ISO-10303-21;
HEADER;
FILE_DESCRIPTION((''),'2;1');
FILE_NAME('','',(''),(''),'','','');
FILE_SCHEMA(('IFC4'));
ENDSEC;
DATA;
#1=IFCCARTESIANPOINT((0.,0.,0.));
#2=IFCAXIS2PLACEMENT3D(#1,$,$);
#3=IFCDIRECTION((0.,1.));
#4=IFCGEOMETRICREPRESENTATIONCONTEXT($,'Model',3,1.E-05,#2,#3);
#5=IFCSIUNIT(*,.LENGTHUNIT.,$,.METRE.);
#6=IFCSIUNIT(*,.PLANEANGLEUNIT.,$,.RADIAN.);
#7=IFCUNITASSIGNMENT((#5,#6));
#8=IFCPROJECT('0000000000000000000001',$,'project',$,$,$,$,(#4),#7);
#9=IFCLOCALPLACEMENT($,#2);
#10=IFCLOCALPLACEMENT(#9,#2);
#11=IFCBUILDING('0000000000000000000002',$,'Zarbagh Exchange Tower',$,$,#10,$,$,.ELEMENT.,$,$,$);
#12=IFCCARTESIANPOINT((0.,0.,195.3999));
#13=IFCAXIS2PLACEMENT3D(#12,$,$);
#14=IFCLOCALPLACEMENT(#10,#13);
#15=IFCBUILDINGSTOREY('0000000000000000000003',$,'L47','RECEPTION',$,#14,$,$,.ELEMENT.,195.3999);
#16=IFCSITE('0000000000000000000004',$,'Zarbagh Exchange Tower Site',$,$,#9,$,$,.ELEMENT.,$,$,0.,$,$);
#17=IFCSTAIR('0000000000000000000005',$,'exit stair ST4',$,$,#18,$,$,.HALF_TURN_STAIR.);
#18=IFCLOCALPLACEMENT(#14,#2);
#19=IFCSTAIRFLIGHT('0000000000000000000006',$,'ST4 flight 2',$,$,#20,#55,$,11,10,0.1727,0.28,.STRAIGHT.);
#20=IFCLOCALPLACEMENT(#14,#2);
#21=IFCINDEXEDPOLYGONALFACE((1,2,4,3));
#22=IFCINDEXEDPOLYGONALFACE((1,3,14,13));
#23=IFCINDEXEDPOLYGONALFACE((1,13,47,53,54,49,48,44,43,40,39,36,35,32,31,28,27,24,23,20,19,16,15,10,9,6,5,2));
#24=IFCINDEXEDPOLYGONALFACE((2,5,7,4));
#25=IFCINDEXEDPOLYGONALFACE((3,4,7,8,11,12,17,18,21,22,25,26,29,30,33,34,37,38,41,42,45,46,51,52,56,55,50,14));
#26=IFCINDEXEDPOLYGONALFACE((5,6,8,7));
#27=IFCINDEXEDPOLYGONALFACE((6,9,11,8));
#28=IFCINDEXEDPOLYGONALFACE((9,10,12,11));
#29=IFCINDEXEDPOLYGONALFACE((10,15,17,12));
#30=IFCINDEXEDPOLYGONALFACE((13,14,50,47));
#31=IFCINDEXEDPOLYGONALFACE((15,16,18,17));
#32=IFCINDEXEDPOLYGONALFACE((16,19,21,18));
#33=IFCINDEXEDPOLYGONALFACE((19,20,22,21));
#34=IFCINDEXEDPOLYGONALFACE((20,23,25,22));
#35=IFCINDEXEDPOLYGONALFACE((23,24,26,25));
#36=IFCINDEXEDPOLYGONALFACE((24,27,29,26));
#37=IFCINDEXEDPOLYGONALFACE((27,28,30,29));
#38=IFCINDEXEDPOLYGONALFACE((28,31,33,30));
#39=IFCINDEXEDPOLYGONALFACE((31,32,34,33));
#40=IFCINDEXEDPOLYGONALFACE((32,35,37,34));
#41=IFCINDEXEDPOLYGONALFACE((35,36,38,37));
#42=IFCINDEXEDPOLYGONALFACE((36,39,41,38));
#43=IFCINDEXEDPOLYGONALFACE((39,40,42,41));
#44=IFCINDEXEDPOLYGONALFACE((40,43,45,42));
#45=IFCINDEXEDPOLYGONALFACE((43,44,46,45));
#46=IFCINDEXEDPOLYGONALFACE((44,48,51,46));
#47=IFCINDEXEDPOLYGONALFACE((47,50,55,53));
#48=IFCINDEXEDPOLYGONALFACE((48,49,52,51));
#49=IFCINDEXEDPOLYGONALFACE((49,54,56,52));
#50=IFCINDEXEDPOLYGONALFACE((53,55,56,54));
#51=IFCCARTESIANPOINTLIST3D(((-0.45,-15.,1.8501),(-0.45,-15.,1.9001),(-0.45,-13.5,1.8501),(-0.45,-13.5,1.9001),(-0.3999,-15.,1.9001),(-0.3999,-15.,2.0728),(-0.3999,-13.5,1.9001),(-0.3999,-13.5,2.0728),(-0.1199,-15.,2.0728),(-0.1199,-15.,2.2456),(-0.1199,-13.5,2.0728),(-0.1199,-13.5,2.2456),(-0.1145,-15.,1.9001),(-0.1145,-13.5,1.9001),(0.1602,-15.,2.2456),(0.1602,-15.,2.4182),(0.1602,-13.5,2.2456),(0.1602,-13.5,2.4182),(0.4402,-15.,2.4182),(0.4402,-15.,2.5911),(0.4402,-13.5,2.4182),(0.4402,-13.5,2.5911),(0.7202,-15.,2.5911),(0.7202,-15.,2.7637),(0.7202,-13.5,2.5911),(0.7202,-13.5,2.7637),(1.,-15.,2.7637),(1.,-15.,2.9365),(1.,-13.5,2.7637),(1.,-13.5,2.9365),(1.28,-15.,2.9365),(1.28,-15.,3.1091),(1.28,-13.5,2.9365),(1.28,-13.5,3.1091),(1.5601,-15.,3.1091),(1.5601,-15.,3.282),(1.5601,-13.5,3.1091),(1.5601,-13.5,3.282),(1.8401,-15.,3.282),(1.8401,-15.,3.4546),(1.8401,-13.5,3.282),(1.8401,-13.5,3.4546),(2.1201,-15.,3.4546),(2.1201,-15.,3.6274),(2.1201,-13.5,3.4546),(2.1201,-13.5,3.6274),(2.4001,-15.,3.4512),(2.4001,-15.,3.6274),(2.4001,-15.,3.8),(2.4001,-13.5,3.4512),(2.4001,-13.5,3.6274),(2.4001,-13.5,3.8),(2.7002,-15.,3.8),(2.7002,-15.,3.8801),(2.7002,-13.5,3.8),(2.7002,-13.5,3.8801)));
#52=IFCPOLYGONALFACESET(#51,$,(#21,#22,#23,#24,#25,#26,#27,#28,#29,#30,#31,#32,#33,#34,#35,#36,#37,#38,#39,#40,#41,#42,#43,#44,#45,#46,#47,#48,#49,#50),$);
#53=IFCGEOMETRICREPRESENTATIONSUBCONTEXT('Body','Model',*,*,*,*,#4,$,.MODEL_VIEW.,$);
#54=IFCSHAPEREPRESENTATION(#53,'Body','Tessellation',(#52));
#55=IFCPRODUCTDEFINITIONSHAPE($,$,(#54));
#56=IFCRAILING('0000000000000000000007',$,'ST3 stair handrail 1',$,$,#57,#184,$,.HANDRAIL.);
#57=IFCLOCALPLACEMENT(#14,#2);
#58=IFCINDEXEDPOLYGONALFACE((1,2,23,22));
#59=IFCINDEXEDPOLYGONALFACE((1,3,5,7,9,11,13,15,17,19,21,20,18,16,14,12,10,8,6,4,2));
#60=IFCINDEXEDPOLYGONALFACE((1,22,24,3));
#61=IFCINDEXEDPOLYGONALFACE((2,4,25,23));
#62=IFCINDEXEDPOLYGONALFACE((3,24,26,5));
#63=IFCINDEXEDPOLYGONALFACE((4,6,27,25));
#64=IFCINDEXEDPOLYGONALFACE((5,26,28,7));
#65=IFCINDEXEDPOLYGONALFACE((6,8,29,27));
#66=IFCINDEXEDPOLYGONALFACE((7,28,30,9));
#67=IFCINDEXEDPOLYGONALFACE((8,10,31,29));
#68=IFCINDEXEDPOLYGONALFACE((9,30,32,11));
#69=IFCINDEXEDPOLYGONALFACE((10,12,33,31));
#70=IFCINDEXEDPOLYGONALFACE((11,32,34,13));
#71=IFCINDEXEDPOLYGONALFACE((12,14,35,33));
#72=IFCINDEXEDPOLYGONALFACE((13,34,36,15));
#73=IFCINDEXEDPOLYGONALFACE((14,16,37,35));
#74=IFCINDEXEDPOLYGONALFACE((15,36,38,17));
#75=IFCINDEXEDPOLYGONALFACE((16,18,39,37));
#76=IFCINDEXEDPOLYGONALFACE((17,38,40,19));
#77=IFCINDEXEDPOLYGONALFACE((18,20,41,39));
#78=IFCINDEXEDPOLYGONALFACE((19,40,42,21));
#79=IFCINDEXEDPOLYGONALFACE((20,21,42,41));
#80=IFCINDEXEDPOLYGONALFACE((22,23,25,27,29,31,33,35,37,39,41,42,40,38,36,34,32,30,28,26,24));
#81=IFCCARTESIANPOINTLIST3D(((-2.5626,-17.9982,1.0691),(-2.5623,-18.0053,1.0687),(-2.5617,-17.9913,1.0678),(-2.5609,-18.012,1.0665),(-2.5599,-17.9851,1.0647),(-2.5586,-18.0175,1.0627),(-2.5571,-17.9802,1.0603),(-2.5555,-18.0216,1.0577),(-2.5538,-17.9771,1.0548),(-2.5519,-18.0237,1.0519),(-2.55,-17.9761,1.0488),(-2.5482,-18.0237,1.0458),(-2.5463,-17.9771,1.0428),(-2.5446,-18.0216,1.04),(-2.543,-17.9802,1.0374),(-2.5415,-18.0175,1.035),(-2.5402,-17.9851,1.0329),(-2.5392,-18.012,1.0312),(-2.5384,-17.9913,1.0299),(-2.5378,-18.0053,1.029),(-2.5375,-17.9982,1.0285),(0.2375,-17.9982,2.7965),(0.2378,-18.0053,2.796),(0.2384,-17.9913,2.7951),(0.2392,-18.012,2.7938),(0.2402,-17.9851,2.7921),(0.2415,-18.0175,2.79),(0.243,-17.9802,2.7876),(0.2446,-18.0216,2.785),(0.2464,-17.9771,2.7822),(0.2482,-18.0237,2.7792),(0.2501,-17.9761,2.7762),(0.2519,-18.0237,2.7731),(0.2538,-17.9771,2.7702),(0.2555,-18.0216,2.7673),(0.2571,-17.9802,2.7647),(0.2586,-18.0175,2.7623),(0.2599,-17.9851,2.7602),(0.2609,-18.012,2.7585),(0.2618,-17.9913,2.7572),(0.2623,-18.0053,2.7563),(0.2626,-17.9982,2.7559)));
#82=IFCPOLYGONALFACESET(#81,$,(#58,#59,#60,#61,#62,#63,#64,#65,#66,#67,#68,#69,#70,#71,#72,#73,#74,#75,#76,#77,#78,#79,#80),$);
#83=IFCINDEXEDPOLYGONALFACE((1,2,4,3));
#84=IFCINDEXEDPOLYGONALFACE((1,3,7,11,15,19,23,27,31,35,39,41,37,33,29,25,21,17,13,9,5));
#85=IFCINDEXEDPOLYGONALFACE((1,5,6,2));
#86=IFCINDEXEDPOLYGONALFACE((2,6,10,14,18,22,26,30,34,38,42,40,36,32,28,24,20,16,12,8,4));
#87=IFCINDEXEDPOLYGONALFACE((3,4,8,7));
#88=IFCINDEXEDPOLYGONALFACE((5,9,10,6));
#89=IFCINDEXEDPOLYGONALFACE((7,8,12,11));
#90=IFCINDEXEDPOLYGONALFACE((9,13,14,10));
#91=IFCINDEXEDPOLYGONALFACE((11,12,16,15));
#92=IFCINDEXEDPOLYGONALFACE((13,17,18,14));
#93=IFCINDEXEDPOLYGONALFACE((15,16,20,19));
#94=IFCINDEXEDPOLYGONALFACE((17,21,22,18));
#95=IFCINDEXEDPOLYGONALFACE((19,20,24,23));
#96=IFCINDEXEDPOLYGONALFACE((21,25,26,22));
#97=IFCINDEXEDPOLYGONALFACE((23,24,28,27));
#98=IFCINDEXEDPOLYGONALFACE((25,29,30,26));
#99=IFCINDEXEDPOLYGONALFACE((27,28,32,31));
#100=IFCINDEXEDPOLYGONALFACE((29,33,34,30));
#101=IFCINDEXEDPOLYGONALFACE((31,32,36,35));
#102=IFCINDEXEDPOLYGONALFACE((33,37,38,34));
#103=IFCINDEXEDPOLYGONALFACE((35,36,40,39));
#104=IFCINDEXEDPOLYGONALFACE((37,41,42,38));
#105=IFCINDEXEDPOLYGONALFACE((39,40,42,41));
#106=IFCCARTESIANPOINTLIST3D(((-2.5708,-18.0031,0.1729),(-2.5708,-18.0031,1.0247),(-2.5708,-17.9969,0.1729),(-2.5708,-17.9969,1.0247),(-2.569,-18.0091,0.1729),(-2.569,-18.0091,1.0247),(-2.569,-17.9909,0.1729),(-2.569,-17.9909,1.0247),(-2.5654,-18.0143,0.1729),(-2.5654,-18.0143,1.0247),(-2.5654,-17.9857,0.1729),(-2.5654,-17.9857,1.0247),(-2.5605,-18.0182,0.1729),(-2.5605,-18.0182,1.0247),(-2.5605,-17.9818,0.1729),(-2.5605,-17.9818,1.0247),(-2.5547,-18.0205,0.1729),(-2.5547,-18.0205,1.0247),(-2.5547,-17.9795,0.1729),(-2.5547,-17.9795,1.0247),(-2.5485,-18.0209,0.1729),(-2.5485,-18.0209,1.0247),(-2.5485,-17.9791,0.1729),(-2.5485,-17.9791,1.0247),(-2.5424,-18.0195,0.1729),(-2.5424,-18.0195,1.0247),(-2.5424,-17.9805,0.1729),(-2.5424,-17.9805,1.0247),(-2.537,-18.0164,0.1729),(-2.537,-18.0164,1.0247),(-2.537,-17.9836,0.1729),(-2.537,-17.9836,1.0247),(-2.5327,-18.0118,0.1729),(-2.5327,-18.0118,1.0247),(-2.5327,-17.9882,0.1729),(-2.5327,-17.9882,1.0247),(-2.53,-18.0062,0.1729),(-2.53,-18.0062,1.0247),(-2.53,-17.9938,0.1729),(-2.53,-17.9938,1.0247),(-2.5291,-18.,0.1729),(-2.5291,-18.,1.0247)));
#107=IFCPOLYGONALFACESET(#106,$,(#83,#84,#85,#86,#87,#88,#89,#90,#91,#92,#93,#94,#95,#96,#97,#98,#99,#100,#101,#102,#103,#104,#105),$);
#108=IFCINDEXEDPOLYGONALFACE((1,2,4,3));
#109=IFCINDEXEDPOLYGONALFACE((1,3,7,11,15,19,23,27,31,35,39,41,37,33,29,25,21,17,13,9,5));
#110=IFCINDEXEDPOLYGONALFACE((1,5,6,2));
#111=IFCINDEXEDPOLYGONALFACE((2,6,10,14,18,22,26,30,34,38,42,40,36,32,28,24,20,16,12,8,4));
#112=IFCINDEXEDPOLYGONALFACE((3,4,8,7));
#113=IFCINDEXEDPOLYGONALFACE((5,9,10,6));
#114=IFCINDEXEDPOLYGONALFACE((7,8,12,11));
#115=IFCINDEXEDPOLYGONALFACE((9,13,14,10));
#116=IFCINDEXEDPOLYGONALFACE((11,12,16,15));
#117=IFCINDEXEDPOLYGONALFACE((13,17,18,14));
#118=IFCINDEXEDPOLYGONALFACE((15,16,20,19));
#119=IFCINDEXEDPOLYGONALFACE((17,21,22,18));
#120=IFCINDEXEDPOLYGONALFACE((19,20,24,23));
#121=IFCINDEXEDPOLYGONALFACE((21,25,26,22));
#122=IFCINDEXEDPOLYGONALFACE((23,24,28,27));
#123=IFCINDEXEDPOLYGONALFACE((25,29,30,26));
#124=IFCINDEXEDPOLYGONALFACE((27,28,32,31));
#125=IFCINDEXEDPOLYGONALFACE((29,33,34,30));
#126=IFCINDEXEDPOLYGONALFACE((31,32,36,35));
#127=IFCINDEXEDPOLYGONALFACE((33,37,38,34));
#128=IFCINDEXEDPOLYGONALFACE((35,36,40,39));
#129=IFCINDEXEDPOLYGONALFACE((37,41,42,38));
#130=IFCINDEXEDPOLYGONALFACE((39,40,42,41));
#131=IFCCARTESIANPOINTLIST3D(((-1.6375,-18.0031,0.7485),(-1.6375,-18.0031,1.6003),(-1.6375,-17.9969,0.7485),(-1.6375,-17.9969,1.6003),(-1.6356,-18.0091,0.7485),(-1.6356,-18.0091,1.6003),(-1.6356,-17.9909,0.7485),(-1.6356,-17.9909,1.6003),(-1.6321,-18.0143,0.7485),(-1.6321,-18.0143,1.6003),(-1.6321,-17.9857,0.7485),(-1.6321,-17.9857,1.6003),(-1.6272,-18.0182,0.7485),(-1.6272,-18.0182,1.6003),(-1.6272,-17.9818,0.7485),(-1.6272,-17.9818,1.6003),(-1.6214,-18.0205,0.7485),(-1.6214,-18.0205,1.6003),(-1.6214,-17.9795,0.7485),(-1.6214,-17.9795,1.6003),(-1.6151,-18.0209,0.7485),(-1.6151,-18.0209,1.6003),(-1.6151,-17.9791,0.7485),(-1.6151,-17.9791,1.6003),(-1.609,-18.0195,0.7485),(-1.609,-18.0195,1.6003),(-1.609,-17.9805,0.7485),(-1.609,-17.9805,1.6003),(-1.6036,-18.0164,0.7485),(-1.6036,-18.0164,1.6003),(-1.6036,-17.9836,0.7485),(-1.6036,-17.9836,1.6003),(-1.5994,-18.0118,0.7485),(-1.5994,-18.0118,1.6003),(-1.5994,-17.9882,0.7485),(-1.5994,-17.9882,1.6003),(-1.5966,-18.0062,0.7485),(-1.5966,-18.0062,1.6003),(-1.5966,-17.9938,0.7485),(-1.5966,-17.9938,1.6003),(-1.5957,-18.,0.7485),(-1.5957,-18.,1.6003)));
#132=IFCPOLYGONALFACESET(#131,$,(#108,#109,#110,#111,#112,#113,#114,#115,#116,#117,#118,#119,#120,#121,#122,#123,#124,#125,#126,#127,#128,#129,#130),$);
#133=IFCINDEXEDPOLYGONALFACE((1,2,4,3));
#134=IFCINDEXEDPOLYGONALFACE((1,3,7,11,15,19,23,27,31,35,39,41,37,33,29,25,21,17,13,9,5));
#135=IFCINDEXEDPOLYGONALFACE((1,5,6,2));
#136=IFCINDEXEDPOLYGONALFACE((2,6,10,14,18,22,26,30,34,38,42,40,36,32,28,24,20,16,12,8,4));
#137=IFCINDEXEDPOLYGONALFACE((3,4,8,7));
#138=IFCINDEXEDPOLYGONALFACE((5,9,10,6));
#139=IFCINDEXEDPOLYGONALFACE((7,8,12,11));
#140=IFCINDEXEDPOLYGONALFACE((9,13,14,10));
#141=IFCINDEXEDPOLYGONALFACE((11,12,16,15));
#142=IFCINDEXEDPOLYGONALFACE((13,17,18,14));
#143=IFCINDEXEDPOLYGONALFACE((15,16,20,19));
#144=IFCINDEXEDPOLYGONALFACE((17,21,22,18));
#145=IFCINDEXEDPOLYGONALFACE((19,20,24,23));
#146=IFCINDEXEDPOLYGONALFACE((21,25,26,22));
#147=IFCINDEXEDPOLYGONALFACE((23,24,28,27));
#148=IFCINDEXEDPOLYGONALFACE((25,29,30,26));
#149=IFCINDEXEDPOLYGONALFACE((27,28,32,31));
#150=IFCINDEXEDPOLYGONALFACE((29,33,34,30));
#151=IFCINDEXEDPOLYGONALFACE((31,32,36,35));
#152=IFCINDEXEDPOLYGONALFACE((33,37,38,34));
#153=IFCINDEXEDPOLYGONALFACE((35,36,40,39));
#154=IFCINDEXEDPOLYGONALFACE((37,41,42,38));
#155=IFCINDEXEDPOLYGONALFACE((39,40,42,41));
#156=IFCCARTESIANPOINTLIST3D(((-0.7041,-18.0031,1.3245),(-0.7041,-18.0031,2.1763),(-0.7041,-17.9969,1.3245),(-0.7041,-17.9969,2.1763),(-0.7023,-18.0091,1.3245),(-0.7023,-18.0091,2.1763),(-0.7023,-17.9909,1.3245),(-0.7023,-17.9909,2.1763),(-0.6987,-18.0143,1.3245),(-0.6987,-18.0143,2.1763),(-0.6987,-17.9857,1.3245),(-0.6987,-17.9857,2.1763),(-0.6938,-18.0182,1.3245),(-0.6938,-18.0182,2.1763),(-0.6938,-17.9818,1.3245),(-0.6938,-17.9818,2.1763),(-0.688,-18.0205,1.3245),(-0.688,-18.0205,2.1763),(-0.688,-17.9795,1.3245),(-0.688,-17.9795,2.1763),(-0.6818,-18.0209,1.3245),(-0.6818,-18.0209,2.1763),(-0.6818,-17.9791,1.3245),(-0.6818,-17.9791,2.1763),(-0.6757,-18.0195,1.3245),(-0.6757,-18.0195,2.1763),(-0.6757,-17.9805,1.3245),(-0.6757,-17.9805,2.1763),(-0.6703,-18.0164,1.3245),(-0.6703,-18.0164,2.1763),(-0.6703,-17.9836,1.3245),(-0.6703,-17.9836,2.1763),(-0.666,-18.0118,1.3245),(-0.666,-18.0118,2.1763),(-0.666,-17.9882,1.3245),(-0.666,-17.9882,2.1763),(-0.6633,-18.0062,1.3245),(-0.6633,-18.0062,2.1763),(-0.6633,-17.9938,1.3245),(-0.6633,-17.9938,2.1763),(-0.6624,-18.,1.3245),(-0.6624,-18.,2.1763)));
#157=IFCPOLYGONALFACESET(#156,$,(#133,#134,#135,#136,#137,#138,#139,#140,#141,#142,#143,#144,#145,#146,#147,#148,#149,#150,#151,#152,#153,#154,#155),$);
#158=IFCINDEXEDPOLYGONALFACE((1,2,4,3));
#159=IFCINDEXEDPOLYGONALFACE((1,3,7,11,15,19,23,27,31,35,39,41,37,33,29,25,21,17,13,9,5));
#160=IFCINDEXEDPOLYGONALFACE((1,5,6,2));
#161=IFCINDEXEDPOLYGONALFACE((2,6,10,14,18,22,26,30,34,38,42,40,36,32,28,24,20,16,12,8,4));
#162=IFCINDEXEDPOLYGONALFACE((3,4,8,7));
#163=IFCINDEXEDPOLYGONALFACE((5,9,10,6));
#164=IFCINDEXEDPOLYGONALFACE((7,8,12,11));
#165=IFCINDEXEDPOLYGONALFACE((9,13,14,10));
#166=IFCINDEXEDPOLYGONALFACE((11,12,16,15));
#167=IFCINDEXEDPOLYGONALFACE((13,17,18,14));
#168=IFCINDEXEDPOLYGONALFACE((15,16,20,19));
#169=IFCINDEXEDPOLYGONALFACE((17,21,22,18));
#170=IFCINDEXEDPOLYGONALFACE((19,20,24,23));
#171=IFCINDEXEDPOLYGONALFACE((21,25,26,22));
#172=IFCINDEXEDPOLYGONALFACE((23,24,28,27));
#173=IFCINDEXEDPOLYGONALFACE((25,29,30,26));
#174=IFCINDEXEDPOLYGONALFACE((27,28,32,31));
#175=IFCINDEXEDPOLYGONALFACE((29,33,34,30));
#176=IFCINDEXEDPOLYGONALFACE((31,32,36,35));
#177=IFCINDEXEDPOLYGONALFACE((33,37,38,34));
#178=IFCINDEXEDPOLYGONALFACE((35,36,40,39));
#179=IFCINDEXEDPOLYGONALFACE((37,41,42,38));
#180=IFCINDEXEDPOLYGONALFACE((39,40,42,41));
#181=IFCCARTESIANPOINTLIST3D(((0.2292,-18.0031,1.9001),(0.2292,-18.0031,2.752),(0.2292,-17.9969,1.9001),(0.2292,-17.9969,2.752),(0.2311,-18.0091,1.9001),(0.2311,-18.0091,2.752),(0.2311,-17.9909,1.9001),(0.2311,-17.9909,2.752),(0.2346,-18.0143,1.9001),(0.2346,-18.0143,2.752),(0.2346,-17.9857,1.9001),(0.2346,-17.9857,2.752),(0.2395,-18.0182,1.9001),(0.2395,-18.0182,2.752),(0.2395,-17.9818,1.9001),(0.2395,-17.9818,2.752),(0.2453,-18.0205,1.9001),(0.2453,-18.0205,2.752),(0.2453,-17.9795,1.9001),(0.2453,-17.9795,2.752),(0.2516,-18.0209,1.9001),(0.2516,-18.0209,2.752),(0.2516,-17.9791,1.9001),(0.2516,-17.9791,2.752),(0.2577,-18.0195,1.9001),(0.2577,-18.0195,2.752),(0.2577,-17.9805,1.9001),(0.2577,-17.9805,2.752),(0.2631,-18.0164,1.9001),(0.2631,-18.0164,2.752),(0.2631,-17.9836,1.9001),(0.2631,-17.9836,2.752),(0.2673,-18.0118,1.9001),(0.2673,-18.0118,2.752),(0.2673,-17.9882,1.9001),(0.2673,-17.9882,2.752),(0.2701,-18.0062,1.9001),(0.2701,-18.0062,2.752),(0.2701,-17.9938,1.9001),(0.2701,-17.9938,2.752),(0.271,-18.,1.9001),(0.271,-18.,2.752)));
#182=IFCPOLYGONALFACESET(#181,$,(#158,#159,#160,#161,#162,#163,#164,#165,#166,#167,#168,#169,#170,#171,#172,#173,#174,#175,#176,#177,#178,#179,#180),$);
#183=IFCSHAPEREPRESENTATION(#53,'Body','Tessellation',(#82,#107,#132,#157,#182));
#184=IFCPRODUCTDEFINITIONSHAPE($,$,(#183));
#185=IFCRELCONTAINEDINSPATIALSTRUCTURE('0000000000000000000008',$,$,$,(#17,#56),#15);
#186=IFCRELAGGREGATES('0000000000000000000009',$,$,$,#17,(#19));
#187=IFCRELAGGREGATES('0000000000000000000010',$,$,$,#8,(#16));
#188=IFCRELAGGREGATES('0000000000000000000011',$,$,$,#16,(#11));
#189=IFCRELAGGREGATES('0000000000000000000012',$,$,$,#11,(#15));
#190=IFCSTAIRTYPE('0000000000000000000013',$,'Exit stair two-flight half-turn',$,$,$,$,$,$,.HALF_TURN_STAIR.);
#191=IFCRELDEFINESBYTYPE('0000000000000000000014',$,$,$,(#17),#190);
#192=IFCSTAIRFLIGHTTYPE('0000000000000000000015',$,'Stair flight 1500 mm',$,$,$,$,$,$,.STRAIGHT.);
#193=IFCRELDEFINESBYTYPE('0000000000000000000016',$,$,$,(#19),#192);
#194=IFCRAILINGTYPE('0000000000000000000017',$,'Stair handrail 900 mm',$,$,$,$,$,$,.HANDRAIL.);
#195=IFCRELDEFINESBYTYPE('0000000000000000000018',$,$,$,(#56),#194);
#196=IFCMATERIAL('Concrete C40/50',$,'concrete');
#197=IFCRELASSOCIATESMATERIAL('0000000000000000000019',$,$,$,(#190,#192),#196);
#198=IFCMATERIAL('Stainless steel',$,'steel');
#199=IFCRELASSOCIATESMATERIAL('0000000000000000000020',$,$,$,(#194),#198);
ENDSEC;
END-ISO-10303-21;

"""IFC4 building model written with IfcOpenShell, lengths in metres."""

from ifc_helpers import new_model, si_unit, direction, frame, origin, origin_2d, place, context, subcontext, project, spatial, polyline, circle, outline, extrude, material, type_object, element, aggregate, save


model = new_model("IFC4")

# Units and contexts
model_context = context("Model", 3, precision=1e-05, world=origin(), true_north=direction((0.0, 1.0)))
body_context = subcontext(model_context, "Body", "Model", "MODEL_VIEW")
ifc_project = project(units=[si_unit("LENGTHUNIT", "METRE"), si_unit("PLANEANGLEUNIT", "RADIAN")], contexts=[model_context])

# Site, building, storey
site_placement = place(None, origin())
site = spatial("IfcSite", under=ifc_project, at=site_placement, Name="Zarbagh Exchange Tower Site", CompositionType="ELEMENT", RefElevation=0.0)
building_placement = place(site_placement, origin())
building = spatial("IfcBuilding", under=site, at=building_placement, Name="Zarbagh Exchange Tower", CompositionType="ELEMENT")
storey_placement = place(building_placement, frame((0.0, 0.0, 195.3999)))
storey = spatial("IfcBuildingStorey", under=building, at=storey_placement, Name="L47", Description="RECEPTION", CompositionType="ELEMENT", Elevation=195.3999)

# Shared definitions
ifc_material_1 = material(Name="Concrete C40/50", Category="concrete")

# Shared definitions
ifc_material_2 = material(Name="Stainless steel", Category="steel")

# Stair, stair flight
stair_type = type_object("IfcStairType", Name="Exit stair two-flight half-turn", PredefinedType="HALF_TURN_STAIR", material=ifc_material_1)
stair_1_placement = place(storey_placement, origin())
stair_1 = element("IfcStair", 1, at=stair_1_placement, inside=storey, type_object=stair_type, Name="exit stair ST4", PredefinedType="HALF_TURN_STAIR")
stair_flight_type_1 = type_object("IfcStairFlightType", Name="Stair flight 1500 mm", PredefinedType="STRAIGHT", material=ifc_material_1)
stair_flight_1_placement = place(storey_placement, frame((-0.3999, -14.25, 1.9001), z_axis=(0.0, 0.0, 1.0), x_axis=(1.0, 0.0, 0.0)))
stair_flight_1 = element("IfcStairFlight", 2, at=stair_flight_1_placement, type_object=stair_flight_type_1, Name="ST4 flight 2", NumberOfRisers=11, NumberOfTreads=10, PredefinedType="STRAIGHT", RiserHeight=0.1727, TreadLength=0.28, context=body_context, shape_type="SweptSolid", body=[
    extrude(outline(polyline([(-0.05, -0.05), (-0.05, 0.0), (0.0, 0.0), (0.0, 0.1726), (0.28, 0.1726), (0.28, 0.3455), (0.5601, 0.3455), (0.5601, 0.5181), (0.8401, 0.5181), (0.8401, 0.6909), (1.1201, 0.6909), (1.1201, 0.8635), (1.3999, 0.8635), (1.3999, 1.0364), (1.6799, 1.0364), (1.6799, 1.209), (1.96, 1.209), (1.96, 1.3818), (2.24, 1.3818), (2.24, 1.5544), (2.52, 1.5544), (2.52, 1.7273), (2.8, 1.7273), (2.8, 1.8999), (3.1001, 1.98), (3.1001, 1.8999), (2.8, 1.551), (0.2854, 0.0), (-0.05, -0.05)])), frame((0.0, 0.75, 0.0), z_axis=(0.0, -1.0, 0.0), x_axis=(1.0, 0.0, 0.0)), (0.0, 0.0, 1.0), 1.5),
])
aggregate(stair_1, [stair_flight_1])

# Railing
railing_type_1 = type_object("IfcRailingType", Name="Stair handrail 900 mm", PredefinedType="HANDRAIL", material=ifc_material_2)
railing_1_placement = place(storey_placement, frame((-2.55, -18.0, 0.1729)))
element("IfcRailing", 3, at=railing_1_placement, inside=storey, type_object=railing_type_1, Name="ST3 stair handrail 1", PredefinedType="HANDRAIL", context=body_context, shape_type="SweptSolid", body=[
    extrude(circle(Radius=0.0239, at=origin_2d()), frame((0.0, 0.0, 0.876), z_axis=(0.85109, 0.0, 0.52502), x_axis=(0.0, 1.0, 0.0)), (0.0, 0.0, 1.0), 3.29),
    extrude(circle(Radius=0.021, at=origin_2d()), origin(), (0.0, 0.0, 1.0), 0.8518),
    extrude(circle(Radius=0.021, at=origin_2d()), frame((0.9333, 0.0, 0.5757)), (0.0, 0.0, 1.0), 0.8518),
    extrude(circle(Radius=0.021, at=origin_2d()), frame((1.8667, 0.0, 1.1516)), (0.0, 0.0, 1.0), 0.8518),
    extrude(circle(Radius=0.021, at=origin_2d()), frame((2.8, 0.0, 1.7273)), (0.0, 0.0, 1.0), 0.8518),
])

save(model, "model.ifc")
